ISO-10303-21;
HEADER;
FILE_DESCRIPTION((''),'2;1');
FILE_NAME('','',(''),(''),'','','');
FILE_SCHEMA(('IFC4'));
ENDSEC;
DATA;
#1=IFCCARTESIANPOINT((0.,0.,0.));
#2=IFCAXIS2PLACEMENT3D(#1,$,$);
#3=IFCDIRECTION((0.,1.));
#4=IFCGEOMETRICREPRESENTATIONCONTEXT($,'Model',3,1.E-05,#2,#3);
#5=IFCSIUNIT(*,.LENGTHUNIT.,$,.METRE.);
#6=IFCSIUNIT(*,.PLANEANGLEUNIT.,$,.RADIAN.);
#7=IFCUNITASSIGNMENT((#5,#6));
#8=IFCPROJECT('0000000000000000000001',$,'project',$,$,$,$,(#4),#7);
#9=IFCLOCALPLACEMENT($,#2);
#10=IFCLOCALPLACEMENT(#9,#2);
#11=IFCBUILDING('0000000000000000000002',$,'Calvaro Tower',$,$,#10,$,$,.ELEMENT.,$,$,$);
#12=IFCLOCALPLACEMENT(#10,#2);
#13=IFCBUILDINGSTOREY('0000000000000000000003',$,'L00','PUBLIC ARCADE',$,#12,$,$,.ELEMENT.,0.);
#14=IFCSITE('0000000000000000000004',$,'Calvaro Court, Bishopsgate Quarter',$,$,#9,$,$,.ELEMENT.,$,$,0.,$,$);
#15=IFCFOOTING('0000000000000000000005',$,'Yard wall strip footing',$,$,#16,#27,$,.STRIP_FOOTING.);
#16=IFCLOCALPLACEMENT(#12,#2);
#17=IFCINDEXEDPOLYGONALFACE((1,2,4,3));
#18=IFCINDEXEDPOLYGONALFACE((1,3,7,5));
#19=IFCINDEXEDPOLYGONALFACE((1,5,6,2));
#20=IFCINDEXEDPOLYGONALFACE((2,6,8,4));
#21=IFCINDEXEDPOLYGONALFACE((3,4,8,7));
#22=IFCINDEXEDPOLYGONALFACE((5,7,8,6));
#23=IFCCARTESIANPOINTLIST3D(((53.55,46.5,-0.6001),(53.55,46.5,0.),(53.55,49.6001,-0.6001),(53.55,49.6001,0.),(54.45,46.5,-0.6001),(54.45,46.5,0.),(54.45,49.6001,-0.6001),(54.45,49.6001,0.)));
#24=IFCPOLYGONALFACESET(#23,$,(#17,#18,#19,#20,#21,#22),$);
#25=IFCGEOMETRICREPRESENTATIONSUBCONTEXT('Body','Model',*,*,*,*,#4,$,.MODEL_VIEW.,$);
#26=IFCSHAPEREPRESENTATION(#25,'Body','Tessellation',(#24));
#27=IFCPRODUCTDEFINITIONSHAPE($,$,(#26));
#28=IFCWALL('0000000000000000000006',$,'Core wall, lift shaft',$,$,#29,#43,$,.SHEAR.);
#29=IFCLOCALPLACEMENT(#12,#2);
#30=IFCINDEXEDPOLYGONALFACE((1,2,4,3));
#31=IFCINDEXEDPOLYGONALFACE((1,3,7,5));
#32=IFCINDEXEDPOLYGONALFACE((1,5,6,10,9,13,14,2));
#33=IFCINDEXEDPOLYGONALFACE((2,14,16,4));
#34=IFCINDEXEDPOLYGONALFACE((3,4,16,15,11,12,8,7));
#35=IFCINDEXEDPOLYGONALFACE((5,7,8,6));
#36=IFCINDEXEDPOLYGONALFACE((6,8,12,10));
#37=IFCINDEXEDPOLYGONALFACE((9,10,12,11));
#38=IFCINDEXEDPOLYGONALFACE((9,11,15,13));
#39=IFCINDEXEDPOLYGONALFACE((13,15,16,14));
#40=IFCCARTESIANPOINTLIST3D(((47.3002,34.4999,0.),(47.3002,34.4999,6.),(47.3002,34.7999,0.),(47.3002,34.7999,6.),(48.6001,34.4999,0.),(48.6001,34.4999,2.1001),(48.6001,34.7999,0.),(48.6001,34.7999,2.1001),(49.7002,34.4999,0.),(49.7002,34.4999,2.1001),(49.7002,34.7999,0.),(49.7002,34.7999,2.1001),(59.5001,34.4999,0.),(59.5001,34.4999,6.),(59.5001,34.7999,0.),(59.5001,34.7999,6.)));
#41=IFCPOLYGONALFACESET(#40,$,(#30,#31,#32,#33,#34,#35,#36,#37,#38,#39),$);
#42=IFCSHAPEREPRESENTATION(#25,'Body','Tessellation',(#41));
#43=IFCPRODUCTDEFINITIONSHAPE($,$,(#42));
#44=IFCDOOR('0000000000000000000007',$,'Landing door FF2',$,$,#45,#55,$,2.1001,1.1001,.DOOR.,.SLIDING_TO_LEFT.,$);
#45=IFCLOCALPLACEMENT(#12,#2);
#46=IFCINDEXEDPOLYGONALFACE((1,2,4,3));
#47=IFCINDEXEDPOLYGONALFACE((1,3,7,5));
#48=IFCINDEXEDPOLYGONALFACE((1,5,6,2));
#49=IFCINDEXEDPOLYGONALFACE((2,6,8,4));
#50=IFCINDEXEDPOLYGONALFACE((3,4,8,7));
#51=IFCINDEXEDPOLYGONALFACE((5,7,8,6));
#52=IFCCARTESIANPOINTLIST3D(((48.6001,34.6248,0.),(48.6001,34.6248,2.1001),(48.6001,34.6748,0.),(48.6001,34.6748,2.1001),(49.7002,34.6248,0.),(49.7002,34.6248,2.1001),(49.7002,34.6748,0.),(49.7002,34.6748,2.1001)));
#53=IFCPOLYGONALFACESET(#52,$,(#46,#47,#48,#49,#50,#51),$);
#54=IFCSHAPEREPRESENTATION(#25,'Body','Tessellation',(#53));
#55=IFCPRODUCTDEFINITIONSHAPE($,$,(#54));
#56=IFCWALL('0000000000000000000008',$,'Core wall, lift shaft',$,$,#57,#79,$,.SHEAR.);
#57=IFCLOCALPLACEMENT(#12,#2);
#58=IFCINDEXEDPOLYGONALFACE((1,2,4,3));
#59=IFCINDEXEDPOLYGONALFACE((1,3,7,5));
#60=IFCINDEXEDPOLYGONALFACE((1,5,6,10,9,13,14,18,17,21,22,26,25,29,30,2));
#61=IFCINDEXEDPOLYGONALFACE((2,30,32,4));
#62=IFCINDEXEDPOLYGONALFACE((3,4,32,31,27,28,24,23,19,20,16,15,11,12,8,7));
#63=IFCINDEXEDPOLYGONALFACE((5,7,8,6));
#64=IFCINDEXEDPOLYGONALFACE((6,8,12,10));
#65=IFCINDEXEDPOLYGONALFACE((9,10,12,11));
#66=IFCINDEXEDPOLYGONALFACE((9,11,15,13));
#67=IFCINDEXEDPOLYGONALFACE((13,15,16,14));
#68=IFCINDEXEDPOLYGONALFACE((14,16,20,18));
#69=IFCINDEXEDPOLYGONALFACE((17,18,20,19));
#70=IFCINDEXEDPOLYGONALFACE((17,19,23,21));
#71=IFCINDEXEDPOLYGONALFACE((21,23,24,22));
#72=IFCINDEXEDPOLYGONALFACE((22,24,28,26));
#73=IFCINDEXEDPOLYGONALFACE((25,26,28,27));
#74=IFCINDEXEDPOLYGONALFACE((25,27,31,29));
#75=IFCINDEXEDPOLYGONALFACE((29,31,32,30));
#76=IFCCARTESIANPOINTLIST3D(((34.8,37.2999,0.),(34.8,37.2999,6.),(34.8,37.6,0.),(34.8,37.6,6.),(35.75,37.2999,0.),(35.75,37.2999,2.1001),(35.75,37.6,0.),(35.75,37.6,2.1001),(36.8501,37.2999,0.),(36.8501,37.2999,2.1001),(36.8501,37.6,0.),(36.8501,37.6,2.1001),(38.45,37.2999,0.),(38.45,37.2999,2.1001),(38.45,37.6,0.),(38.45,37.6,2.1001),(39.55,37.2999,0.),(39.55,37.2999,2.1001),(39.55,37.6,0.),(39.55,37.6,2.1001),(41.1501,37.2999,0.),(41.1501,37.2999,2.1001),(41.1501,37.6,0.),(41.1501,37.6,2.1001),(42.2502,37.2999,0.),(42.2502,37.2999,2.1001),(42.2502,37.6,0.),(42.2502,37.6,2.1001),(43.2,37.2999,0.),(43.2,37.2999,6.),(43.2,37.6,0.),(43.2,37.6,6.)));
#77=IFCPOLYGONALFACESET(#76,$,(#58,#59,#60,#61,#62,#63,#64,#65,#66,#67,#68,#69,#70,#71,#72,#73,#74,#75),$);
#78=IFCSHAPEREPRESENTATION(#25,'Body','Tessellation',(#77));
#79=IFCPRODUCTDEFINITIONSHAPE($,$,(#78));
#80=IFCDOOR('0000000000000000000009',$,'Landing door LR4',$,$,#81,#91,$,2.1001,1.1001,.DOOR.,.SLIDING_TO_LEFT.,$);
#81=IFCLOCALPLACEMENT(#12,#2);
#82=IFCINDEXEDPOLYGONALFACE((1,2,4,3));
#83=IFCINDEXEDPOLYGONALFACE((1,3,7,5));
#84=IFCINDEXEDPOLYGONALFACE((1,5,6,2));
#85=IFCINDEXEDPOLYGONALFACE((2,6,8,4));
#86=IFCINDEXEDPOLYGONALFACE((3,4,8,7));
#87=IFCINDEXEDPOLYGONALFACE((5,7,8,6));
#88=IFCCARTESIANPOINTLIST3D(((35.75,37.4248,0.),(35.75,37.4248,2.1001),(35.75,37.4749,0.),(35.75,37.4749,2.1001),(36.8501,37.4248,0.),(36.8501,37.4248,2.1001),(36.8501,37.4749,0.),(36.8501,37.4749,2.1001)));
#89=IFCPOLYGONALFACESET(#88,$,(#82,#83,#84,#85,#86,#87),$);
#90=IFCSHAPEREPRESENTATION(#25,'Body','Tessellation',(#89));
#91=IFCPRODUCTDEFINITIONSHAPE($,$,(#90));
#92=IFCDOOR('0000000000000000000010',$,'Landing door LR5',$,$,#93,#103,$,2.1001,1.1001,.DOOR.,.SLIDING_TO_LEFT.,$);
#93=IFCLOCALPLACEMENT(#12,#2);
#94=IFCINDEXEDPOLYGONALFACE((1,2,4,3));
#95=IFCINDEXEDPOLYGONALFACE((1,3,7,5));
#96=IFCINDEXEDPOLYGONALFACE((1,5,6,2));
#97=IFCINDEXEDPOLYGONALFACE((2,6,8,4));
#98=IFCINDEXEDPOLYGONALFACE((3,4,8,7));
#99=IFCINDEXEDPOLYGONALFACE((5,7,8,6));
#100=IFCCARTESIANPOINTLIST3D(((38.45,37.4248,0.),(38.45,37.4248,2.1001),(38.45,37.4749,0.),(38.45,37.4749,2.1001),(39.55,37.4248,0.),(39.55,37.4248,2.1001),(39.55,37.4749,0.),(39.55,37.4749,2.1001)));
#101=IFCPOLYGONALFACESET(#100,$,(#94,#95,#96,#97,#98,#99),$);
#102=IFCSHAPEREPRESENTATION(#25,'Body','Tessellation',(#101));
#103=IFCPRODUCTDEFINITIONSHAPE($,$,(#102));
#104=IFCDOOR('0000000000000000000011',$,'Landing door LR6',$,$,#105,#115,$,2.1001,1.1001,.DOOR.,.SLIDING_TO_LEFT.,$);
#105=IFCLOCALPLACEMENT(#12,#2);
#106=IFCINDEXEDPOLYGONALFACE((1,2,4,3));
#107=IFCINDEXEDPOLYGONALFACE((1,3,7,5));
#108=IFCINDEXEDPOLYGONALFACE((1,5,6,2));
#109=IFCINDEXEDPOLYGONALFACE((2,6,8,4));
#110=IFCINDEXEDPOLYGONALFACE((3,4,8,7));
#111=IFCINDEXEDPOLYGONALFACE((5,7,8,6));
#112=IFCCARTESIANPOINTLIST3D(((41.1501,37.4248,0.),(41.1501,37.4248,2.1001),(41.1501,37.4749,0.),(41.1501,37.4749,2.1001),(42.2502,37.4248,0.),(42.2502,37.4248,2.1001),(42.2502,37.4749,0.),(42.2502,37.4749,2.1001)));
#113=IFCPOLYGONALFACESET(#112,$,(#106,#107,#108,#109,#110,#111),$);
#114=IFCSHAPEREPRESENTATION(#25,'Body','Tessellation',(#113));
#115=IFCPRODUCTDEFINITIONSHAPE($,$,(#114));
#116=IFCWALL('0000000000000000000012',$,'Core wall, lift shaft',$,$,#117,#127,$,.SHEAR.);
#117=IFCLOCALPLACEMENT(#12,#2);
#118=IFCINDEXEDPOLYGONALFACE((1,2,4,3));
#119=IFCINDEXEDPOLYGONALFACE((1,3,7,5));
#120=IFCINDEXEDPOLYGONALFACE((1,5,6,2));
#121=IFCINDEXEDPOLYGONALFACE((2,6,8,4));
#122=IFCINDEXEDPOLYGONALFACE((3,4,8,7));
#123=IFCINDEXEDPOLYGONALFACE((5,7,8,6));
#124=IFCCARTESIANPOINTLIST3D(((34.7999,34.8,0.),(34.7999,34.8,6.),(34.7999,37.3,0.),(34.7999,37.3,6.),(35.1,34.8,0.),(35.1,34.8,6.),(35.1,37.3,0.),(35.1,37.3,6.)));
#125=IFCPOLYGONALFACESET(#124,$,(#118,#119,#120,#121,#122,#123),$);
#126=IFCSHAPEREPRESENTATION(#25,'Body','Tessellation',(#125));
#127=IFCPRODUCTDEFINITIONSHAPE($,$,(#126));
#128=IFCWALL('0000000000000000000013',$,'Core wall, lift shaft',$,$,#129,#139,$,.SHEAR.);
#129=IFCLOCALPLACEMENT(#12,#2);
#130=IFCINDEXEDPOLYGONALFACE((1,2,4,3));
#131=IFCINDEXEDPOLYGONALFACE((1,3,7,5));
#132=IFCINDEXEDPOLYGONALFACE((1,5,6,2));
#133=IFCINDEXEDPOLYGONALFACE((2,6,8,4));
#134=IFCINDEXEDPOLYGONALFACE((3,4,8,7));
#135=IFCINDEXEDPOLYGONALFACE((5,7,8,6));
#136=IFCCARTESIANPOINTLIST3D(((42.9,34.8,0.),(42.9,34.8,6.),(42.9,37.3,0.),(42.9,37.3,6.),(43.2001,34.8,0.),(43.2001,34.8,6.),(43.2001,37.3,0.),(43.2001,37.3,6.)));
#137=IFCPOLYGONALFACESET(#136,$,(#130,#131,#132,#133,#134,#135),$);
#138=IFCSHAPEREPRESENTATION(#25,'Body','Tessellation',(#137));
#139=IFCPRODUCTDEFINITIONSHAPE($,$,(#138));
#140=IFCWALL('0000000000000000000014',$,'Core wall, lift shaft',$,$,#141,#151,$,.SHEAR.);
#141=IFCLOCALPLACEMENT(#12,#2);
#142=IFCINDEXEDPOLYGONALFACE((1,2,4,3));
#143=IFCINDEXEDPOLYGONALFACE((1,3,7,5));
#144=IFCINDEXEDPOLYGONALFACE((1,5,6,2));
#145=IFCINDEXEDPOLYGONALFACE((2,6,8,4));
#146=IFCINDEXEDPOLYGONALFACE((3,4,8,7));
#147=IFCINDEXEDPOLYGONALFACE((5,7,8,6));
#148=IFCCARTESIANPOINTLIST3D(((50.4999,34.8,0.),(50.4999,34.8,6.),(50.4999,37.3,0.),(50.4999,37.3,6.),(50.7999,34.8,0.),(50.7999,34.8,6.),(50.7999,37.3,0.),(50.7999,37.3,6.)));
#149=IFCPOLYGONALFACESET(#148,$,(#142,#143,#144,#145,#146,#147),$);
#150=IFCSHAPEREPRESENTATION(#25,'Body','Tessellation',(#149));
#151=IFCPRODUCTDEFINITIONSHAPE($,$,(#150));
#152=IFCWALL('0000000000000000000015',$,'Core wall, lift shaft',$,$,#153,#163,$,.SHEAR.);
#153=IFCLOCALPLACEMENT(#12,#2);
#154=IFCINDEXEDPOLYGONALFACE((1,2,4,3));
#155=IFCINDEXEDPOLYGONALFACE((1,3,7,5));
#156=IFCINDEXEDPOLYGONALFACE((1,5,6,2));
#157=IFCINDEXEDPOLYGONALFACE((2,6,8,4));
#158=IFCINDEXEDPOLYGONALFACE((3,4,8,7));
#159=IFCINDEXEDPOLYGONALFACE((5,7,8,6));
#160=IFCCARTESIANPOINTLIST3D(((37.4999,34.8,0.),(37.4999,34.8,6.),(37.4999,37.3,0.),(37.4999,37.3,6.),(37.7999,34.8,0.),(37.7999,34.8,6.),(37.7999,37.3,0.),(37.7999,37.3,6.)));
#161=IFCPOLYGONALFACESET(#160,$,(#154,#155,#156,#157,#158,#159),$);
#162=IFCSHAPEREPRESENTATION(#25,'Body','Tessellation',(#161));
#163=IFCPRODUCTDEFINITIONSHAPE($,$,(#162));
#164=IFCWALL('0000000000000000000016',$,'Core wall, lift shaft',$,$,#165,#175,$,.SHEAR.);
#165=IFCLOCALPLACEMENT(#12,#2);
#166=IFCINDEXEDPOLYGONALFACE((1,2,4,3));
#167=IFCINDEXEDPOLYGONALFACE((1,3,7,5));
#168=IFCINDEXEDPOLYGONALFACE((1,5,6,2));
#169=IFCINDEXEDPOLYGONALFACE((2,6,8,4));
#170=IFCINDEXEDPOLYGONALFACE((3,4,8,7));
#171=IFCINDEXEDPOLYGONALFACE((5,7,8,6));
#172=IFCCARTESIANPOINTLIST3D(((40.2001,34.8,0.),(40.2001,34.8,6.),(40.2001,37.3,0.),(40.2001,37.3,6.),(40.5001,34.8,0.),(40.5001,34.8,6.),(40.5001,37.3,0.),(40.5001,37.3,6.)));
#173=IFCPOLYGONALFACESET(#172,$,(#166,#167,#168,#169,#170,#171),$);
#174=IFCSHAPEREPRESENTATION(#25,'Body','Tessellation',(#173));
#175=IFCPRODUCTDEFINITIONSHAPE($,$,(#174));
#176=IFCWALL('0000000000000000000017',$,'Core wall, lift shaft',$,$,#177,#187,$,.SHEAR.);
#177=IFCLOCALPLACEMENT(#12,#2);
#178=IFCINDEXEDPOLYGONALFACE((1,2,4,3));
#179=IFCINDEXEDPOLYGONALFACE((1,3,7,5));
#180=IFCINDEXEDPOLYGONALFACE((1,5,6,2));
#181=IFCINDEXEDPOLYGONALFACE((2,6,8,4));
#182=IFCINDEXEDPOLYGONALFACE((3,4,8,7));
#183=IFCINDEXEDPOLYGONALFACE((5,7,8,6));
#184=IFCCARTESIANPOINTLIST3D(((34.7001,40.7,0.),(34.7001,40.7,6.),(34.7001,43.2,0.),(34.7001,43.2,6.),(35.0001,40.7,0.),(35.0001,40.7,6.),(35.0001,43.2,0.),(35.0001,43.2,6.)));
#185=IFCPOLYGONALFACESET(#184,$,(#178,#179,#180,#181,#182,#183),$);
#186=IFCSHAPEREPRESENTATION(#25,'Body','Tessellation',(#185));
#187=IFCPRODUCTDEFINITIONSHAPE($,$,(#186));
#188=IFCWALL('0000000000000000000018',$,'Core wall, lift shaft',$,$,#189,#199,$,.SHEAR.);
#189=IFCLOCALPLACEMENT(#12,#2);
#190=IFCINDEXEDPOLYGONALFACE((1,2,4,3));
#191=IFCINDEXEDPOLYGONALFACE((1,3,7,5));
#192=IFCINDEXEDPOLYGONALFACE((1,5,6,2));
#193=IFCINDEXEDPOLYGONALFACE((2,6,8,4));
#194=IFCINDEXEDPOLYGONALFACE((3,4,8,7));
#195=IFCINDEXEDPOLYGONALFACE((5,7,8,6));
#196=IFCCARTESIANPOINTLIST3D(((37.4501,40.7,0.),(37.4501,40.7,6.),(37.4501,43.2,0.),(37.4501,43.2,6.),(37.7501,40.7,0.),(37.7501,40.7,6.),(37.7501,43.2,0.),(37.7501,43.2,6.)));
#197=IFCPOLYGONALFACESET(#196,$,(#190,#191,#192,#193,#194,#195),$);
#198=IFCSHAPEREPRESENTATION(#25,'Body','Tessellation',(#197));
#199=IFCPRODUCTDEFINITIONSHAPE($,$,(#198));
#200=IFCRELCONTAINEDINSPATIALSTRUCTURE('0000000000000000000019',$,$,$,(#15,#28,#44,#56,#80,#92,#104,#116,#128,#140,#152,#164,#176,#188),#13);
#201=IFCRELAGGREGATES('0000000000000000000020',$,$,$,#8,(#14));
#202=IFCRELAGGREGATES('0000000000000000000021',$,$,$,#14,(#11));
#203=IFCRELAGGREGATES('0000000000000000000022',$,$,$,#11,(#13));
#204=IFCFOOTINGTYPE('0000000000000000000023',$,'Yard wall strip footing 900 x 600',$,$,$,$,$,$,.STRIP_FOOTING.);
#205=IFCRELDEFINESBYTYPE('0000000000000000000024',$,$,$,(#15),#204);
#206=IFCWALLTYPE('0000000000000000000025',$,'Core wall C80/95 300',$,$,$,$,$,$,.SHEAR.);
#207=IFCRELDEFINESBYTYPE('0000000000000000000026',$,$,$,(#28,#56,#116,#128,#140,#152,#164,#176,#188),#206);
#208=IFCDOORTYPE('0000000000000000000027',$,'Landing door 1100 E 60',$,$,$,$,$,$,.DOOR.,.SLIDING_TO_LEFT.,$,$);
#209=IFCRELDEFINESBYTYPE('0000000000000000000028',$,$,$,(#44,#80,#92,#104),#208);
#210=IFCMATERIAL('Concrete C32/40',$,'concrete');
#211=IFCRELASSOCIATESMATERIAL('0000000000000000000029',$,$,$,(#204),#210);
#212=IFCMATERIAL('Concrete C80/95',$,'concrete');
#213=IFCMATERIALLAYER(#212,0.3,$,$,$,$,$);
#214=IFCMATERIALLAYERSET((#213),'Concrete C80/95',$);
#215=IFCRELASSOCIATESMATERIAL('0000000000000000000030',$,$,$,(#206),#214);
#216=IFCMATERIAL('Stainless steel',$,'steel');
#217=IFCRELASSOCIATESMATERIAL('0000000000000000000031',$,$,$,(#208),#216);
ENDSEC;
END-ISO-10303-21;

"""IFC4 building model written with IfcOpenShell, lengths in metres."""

from ifc_helpers import new_model, si_unit, direction, frame, frame_2d, origin, origin_2d, place, context, subcontext, project, spatial, rectangle, extrude, material, layer, layer_set, type_object, element, fill, save


model = new_model("IFC4")

# Units and contexts
model_context = context("Model", 3, precision=1e-05, world=origin(), true_north=direction((0.0, 1.0)))
body_context = subcontext(model_context, "Body", "Model", "MODEL_VIEW")
ifc_project = project(units=[si_unit("LENGTHUNIT", "METRE"), si_unit("PLANEANGLEUNIT", "RADIAN")], contexts=[model_context])

# Site, building, storey
site_placement = place(None, origin())
site = spatial("IfcSite", under=ifc_project, at=site_placement, Name="Calvaro Court, Bishopsgate Quarter", CompositionType="ELEMENT", RefElevation=0.0)
building_placement = place(site_placement, origin())
building = spatial("IfcBuilding", under=site, at=building_placement, Name="Calvaro Tower", CompositionType="ELEMENT")
storey_placement = place(building_placement, origin())
storey = spatial("IfcBuildingStorey", under=building, at=storey_placement, Name="L00", Description="PUBLIC ARCADE", CompositionType="ELEMENT", Elevation=0.0)

# Footing
ifc_material_1 = material(Name="Concrete C32/40", Category="concrete")
footing_type = type_object("IfcFootingType", Name="Yard wall strip footing 900 x 600", PredefinedType="STRIP_FOOTING", material=ifc_material_1)
footing_placement = place(storey_placement, frame((54.0, 48.05, -0.6001), z_axis=(0.0, 0.0, 1.0), x_axis=(1.0, 0.0, 0.0)))
element("IfcFooting", 1, at=footing_placement, inside=storey, type_object=footing_type, Name="Yard wall strip footing", PredefinedType="STRIP_FOOTING", context=body_context, shape_type="SweptSolid", body=[
    extrude(rectangle(XDim=0.8999, YDim=3.1001, at=origin_2d()), origin(), (0.0, 0.0, 1.0), 0.6001),
])

# Wall, opening, door
ifc_material_2 = material(Name="Concrete C80/95", Category="concrete")
ifc_layer_1 = layer(ifc_material_2, 0.3)
ifc_layer_set_1 = layer_set([ifc_layer_1], Name="Concrete C80/95")
wall_type_1 = type_object("IfcWallType", Name="Core wall C80/95 300", PredefinedType="SHEAR", material=ifc_layer_set_1)
wall_1_placement = place(storey_placement, frame((47.3, 34.6499, 0.0), z_axis=(0.0, 0.0, 1.0), x_axis=(1.0, 0.0, 0.0)))
wall_1 = element("IfcWall", 2, at=wall_1_placement, inside=storey, type_object=wall_type_1, Name="Core wall, lift shaft", PredefinedType="SHEAR", context=body_context, shape_type="SweptSolid", body=[
    extrude(rectangle(XDim=12.2, YDim=0.3, at=frame_2d((6.1001, 0.0))), origin(), (0.0, 0.0, 1.0), 6.0),
])
opening_1_placement = place(wall_1_placement, frame((1.3, 0.0, 0.0)))
opening_1 = element("IfcOpeningElement", 3, at=opening_1_placement, cuts=wall_1, PredefinedType="OPENING", context=body_context, shape_type="SweptSolid", body=[
    extrude(rectangle(XDim=1.1001, YDim=2.1001, at=frame_2d((0.55, 1.05))), frame((0.0, 0.1599, 0.0), z_axis=(0.0, -1.0, 0.0), x_axis=(1.0, 0.0, 0.0)), (0.0, 0.0, 1.0), 0.3201),
])
ifc_material_3 = material(Name="Stainless steel", Category="steel")
door_type_1 = type_object("IfcDoorType", Name="Landing door 1100 E 60", OperationType="SLIDING_TO_LEFT", PredefinedType="DOOR", material=ifc_material_3)
door_1_placement = place(opening_1_placement, origin())
door_1 = element("IfcDoor", 4, at=door_1_placement, inside=storey, type_object=door_type_1, Name="Landing door FF2", OperationType="SLIDING_TO_LEFT", OverallHeight=2.1001, OverallWidth=1.1001, PredefinedType="DOOR", context=body_context, shape_type="SweptSolid", body=[
    extrude(rectangle(XDim=1.1001, YDim=2.1001, at=frame_2d((0.55, 1.05))), frame((0.0, 0.0249, 0.0), z_axis=(0.0, -1.0, 0.0), x_axis=(1.0, 0.0, 0.0)), (0.0, 0.0, 1.0), 0.05),
])
fill(opening_1, door_1)

# Wall, openings, doors
wall_2_placement = place(storey_placement, frame((34.8, 37.45, 0.0), z_axis=(0.0, 0.0, 1.0), x_axis=(1.0, 0.0, 0.0)))
wall_2 = element("IfcWall", 5, at=wall_2_placement, inside=storey, type_object=wall_type_1, Name="Core wall, lift shaft", PredefinedType="SHEAR", context=body_context, shape_type="SweptSolid", body=[
    extrude(rectangle(XDim=8.3999, YDim=0.3, at=frame_2d((4.2, 0.0))), origin(), (0.0, 0.0, 1.0), 6.0),
])
opening_2_placement = place(wall_2_placement, frame((0.95, 0.0, 0.0)))
opening_2 = element("IfcOpeningElement", 6, at=opening_2_placement, cuts=wall_2, PredefinedType="OPENING", context=body_context, shape_type="SweptSolid", body=[
    extrude(rectangle(XDim=1.1001, YDim=2.1001, at=frame_2d((0.55, 1.05))), frame((0.0, 0.1599, 0.0), z_axis=(0.0, -1.0, 0.0), x_axis=(1.0, 0.0, 0.0)), (0.0, 0.0, 1.0), 0.3201),
])
opening_3_placement = place(wall_2_placement, frame((3.6499, 0.0, 0.0)))
opening_3 = element("IfcOpeningElement", 7, at=opening_3_placement, cuts=wall_2, PredefinedType="OPENING", context=body_context, shape_type="SweptSolid", body=[
    extrude(rectangle(XDim=1.1001, YDim=2.1001, at=frame_2d((0.55, 1.05))), frame((0.0, 0.1599, 0.0), z_axis=(0.0, -1.0, 0.0), x_axis=(1.0, 0.0, 0.0)), (0.0, 0.0, 1.0), 0.3201),
])
opening_4_placement = place(wall_2_placement, frame((6.3501, 0.0, 0.0)))
opening_4 = element("IfcOpeningElement", 8, at=opening_4_placement, cuts=wall_2, PredefinedType="OPENING", context=body_context, shape_type="SweptSolid", body=[
    extrude(rectangle(XDim=1.1001, YDim=2.1001, at=frame_2d((0.55, 1.05))), frame((0.0, 0.1599, 0.0), z_axis=(0.0, -1.0, 0.0), x_axis=(1.0, 0.0, 0.0)), (0.0, 0.0, 1.0), 0.3201),
])
door_2_placement = place(opening_2_placement, origin())
door_2 = element("IfcDoor", 9, at=door_2_placement, inside=storey, type_object=door_type_1, Name="Landing door LR4", OperationType="SLIDING_TO_LEFT", OverallHeight=2.1001, OverallWidth=1.1001, PredefinedType="DOOR", context=body_context, shape_type="SweptSolid", body=[
    extrude(rectangle(XDim=1.1001, YDim=2.1001, at=frame_2d((0.55, 1.05))), frame((0.0, 0.0249, 0.0), z_axis=(0.0, -1.0, 0.0), x_axis=(1.0, 0.0, 0.0)), (0.0, 0.0, 1.0), 0.05),
])
fill(opening_2, door_2)
door_3_placement = place(opening_3_placement, origin())
door_3 = element("IfcDoor", 10, at=door_3_placement, inside=storey, type_object=door_type_1, Name="Landing door LR5", OperationType="SLIDING_TO_LEFT", OverallHeight=2.1001, OverallWidth=1.1001, PredefinedType="DOOR", context=body_context, shape_type="SweptSolid", body=[
    extrude(rectangle(XDim=1.1001, YDim=2.1001, at=frame_2d((0.55, 1.05))), frame((0.0, 0.0249, 0.0), z_axis=(0.0, -1.0, 0.0), x_axis=(1.0, 0.0, 0.0)), (0.0, 0.0, 1.0), 0.05),
])
fill(opening_3, door_3)
door_4_placement = place(opening_4_placement, origin())
door_4 = element("IfcDoor", 11, at=door_4_placement, inside=storey, type_object=door_type_1, Name="Landing door LR6", OperationType="SLIDING_TO_LEFT", OverallHeight=2.1001, OverallWidth=1.1001, PredefinedType="DOOR", context=body_context, shape_type="SweptSolid", body=[
    extrude(rectangle(XDim=1.1001, YDim=2.1001, at=frame_2d((0.55, 1.05))), frame((0.0, 0.0249, 0.0), z_axis=(0.0, -1.0, 0.0), x_axis=(1.0, 0.0, 0.0)), (0.0, 0.0, 1.0), 0.05),
])
fill(opening_4, door_4)

# Walls
for number, where, z_axis, x_axis, name in (
    (12, (34.95, 34.8, 0.0), (0.0, 0.0, 1.0), (0.0, 1.0, 0.0), "Core wall, lift shaft"),
    (13, (43.05, 34.8, 0.0), (0.0, 0.0, 1.0), (0.0, 1.0, 0.0), "Core wall, lift shaft"),
    (14, (50.6499, 34.8, 0.0), (0.0, 0.0, 1.0), (0.0, 1.0, 0.0), "Core wall, lift shaft"),
    (15, (37.6499, 34.8, 0.0), (0.0, 0.0, 1.0), (0.0, 1.0, 0.0), "Core wall, lift shaft"),
    (16, (40.3501, 34.8, 0.0), (0.0, 0.0, 1.0), (0.0, 1.0, 0.0), "Core wall, lift shaft"),
    (17, (34.8501, 40.7, 0.0), (0.0, 0.0, 1.0), (0.0, 1.0, 0.0), "Core wall, lift shaft"),
    (18, (37.6001, 40.7, 0.0), (0.0, 0.0, 1.0), (0.0, 1.0, 0.0), "Core wall, lift shaft"),
):
    element("IfcWall", number, at=place(storey_placement, frame(where, z_axis=z_axis, x_axis=x_axis)), inside=storey, type_object=wall_type_1, Name=name, PredefinedType="SHEAR", context=body_context, shape_type="SweptSolid", body=[
        extrude(rectangle(XDim=2.5, YDim=0.3, at=frame_2d((1.25, 0.0))), origin(), (0.0, 0.0, 1.0), 6.0),
    ])

save(model, "model.ifc")
